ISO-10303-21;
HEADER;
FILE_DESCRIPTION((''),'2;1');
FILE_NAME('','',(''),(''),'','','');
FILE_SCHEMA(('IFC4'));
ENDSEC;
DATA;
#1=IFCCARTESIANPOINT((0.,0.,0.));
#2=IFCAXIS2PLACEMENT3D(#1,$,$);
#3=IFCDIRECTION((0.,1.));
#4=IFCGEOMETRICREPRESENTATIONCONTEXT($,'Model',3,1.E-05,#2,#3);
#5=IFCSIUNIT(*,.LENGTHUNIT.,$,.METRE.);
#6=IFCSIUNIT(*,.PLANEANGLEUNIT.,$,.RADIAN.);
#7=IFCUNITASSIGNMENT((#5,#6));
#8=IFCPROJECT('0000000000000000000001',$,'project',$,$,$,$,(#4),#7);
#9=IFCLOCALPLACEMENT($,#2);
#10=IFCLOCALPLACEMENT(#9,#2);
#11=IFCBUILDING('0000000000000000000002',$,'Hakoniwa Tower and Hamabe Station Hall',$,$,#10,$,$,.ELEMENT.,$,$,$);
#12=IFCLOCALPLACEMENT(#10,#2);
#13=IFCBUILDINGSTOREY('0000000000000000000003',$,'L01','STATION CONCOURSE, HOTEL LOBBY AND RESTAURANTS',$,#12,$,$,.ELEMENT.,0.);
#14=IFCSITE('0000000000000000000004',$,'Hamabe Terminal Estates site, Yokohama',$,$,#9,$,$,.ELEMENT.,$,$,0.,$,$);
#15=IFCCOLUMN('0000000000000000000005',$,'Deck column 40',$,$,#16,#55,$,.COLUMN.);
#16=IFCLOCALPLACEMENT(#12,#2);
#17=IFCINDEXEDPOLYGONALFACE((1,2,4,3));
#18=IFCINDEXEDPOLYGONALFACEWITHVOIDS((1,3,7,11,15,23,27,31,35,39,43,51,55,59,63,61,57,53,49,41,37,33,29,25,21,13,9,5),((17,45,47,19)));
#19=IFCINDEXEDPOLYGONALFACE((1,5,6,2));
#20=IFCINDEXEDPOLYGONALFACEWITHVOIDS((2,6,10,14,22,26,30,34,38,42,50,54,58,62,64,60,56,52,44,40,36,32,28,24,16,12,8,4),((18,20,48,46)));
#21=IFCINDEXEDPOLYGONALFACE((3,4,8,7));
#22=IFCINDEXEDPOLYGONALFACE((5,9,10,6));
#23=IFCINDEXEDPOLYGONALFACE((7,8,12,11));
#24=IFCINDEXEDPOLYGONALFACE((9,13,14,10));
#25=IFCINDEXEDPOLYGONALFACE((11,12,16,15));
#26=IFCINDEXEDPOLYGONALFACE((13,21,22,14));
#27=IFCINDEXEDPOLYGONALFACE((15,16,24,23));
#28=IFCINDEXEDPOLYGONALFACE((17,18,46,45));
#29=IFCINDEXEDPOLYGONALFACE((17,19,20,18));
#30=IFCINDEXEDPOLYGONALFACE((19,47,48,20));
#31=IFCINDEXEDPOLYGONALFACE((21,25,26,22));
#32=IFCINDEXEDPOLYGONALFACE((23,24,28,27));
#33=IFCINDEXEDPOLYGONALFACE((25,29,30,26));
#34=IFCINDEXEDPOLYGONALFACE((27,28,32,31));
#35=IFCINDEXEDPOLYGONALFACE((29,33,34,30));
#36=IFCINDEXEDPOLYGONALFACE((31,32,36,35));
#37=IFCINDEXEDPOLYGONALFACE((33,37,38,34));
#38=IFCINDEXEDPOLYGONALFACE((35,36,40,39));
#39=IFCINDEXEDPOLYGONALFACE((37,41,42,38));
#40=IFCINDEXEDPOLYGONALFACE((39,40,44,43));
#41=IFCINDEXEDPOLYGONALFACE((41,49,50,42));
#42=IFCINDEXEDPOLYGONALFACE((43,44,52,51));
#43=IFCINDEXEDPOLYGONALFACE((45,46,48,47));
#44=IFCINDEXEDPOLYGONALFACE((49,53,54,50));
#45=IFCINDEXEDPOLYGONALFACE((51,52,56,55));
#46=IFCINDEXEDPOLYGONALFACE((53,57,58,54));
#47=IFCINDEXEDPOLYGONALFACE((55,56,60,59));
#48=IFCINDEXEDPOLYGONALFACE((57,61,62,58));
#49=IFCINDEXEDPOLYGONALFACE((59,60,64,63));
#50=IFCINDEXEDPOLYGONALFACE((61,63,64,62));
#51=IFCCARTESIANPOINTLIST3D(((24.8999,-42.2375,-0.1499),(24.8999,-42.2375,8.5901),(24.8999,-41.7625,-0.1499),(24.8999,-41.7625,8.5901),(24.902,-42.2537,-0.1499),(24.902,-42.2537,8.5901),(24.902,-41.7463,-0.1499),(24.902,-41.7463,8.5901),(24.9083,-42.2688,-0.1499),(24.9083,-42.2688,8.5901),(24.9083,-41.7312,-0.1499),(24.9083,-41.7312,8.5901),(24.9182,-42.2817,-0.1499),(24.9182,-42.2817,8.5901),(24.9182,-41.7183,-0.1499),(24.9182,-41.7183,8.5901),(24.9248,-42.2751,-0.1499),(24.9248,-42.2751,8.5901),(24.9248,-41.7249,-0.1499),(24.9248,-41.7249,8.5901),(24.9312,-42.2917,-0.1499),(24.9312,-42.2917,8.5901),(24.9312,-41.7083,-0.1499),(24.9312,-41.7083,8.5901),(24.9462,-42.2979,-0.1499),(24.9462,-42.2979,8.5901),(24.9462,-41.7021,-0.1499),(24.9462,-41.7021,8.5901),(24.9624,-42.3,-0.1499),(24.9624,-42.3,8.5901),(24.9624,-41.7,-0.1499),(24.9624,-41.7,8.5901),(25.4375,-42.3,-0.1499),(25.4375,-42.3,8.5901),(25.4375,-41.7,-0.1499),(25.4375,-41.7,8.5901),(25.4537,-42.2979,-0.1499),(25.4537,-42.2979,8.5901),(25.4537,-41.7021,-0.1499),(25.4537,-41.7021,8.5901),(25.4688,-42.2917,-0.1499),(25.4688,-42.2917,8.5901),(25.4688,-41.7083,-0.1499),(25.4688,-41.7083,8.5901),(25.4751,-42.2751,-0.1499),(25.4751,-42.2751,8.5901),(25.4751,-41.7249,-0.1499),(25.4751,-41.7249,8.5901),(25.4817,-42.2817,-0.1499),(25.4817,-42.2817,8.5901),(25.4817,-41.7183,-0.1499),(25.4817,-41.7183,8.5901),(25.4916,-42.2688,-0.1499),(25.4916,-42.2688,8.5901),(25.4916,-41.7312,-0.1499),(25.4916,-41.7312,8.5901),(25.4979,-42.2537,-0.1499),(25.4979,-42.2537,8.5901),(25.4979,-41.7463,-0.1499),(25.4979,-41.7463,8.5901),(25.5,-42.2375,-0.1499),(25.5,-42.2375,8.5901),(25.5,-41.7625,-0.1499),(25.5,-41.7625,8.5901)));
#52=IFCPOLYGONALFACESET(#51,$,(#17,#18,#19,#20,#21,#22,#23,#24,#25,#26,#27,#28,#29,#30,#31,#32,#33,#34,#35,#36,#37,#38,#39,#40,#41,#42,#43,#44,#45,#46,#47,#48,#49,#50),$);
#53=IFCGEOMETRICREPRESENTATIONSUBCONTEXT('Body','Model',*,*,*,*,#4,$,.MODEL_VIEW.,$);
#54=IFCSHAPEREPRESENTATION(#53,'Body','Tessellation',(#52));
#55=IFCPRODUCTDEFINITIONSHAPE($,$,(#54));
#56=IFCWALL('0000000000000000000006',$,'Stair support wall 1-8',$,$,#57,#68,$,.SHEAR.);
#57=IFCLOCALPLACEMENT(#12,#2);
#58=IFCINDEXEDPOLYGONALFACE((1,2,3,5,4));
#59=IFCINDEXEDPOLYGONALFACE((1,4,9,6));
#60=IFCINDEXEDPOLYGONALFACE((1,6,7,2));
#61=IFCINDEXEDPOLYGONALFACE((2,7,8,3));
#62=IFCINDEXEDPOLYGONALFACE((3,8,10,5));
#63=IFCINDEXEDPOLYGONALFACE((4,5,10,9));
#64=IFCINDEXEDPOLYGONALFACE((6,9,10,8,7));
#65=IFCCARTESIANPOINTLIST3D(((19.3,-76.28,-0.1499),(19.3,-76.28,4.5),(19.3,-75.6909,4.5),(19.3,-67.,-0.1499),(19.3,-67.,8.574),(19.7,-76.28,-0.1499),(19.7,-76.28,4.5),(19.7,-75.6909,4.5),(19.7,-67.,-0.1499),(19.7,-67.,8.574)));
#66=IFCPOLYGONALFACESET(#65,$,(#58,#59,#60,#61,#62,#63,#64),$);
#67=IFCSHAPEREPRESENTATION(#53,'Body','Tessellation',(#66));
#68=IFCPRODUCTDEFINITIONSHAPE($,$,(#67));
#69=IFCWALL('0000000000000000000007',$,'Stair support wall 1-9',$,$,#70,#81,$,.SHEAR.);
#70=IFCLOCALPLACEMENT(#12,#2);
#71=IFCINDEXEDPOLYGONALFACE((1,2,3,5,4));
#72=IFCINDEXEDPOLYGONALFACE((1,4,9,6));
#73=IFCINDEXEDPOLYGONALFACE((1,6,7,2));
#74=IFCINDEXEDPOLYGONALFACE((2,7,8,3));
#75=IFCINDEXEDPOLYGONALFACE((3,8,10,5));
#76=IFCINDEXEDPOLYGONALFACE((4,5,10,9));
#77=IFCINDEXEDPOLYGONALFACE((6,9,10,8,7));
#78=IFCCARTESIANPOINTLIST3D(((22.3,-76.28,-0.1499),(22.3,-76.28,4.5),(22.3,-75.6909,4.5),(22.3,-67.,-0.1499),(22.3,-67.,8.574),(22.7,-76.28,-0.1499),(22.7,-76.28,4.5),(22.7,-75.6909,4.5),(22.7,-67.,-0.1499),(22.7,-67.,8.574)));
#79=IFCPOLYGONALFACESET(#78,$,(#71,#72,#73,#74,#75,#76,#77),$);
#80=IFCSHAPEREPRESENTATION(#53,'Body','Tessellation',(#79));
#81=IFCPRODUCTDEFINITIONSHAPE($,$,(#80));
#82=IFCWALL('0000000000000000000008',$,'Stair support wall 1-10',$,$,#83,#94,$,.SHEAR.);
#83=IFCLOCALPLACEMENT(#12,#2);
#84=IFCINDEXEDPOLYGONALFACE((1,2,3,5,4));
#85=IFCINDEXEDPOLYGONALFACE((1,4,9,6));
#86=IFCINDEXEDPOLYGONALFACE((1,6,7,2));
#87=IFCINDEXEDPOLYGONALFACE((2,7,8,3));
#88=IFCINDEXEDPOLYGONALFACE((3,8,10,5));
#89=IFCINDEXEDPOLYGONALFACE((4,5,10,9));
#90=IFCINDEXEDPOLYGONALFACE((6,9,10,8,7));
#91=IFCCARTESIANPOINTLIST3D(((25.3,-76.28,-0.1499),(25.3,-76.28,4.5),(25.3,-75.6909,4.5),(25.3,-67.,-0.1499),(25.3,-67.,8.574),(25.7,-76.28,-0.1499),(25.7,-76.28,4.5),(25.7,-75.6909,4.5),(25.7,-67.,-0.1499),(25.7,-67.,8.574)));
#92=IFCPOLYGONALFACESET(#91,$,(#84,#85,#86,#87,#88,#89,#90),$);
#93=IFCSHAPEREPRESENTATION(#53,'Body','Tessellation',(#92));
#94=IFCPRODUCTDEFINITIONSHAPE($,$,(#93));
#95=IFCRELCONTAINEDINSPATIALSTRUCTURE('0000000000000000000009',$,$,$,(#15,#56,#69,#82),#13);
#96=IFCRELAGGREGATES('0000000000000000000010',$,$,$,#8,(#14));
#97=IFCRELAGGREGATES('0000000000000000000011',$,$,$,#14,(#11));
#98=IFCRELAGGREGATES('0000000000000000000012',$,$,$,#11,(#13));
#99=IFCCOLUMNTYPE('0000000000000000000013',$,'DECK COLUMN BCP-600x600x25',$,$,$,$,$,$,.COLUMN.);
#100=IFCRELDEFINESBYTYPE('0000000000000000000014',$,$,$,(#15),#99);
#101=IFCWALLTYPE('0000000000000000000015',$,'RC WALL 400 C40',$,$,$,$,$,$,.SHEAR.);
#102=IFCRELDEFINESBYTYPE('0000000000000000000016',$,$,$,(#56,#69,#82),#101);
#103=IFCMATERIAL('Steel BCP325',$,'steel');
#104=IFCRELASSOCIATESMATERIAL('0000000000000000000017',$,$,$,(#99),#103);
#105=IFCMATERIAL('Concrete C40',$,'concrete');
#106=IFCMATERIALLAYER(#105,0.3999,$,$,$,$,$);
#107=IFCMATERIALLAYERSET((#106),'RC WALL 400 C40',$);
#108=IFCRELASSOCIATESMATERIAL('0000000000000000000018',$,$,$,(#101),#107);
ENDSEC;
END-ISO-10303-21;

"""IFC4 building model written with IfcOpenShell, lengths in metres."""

from ifc_helpers import new_model, si_unit, direction, frame, origin, origin_2d, place, context, subcontext, project, spatial, polyline, hollow_rectangle, outline, extrude, material, layer, layer_set, material_profile, profile_set, type_object, element, save


model = new_model("IFC4")

# Units and contexts
model_context = context("Model", 3, precision=1e-05, world=origin(), true_north=direction((0.0, 1.0)))
body_context = subcontext(model_context, "Body", "Model", "MODEL_VIEW")
ifc_project = project(units=[si_unit("LENGTHUNIT", "METRE"), si_unit("PLANEANGLEUNIT", "RADIAN")], contexts=[model_context])

# Site, building, storey
site_placement = place(None, origin())
site = spatial("IfcSite", under=ifc_project, at=site_placement, Name="Hamabe Terminal Estates site, Yokohama", CompositionType="ELEMENT", RefElevation=0.0)
building_placement = place(site_placement, origin())
building = spatial("IfcBuilding", under=site, at=building_placement, Name="Hakoniwa Tower and Hamabe Station Hall", CompositionType="ELEMENT")
storey_placement = place(building_placement, origin())
storey = spatial("IfcBuildingStorey", under=building, at=storey_placement, Name="L01", Description="STATION CONCOURSE, HOTEL LOBBY AND RESTAURANTS", CompositionType="ELEMENT", Elevation=0.0)

# Column
ifc_material_1 = material(Name="Steel BCP325", Category="steel")
ifc_material_profile_1 = material_profile(ifc_material_1, hollow_rectangle(XDim=0.6001, YDim=0.6001, WallThickness=0.0249, OuterFilletRadius=0.0625, at=origin_2d()), Name="DECK COLUMN BCP-600x600x25")
ifc_profile_set_1 = profile_set([ifc_material_profile_1], Name="Steel BCP325")
column_type = type_object("IfcColumnType", Name="DECK COLUMN BCP-600x600x25", PredefinedType="COLUMN", material=ifc_profile_set_1)
for number, where, z_axis, x_axis, name in (
    (1, (25.2, -42.0, -0.1499), (0.0, 0.0, 1.0), (1.0, 0.0, 0.0), "Deck column 40"),
):
    element("IfcColumn", number, at=place(storey_placement, frame(where, z_axis=z_axis, x_axis=x_axis)), inside=storey, type_object=column_type, Name=name, PredefinedType="COLUMN", context=body_context, shape_type="SweptSolid", body=[
        extrude(hollow_rectangle(XDim=0.6001, YDim=0.6001, WallThickness=0.0249, OuterFilletRadius=0.0625, at=origin_2d()), origin(), (0.0, 0.0, 1.0), 8.74),
    ])

# Walls
ifc_material_2 = material(Name="Concrete C40", Category="concrete")
ifc_layer = layer(ifc_material_2, 0.3999)
ifc_layer_set = layer_set([ifc_layer], Name="RC WALL 400 C40")
wall_type = type_object("IfcWallType", Name="RC WALL 400 C40", PredefinedType="SHEAR", material=ifc_layer_set)
for number, where, z_axis, x_axis, name in (
    (2, (19.5, -76.28, -0.1499), (0.0, 0.0, 1.0), (0.0, 1.0, 0.0), "Stair support wall 1-8"),
    (3, (22.5, -76.28, -0.1499), (0.0, 0.0, 1.0), (0.0, 1.0, 0.0), "Stair support wall 1-9"),
    (4, (25.5, -76.28, -0.1499), (0.0, 0.0, 1.0), (0.0, 1.0, 0.0), "Stair support wall 1-10"),
):
    element("IfcWall", number, at=place(storey_placement, frame(where, z_axis=z_axis, x_axis=x_axis)), inside=storey, type_object=wall_type, Name=name, PredefinedType="SHEAR", context=body_context, shape_type="SweptSolid", body=[
        extrude(outline(polyline([(0.0, 0.0), (9.28, 0.0), (9.28, 8.7239), (0.5891, 4.6499), (0.0, 4.6499), (0.0, 0.0)])), frame((0.0, 0.2, 0.0), z_axis=(0.0, -1.0, 0.0), x_axis=(1.0, 0.0, 0.0)), (0.0, 0.0, 1.0), 0.3999),
    ])

save(model, "model.ifc")
